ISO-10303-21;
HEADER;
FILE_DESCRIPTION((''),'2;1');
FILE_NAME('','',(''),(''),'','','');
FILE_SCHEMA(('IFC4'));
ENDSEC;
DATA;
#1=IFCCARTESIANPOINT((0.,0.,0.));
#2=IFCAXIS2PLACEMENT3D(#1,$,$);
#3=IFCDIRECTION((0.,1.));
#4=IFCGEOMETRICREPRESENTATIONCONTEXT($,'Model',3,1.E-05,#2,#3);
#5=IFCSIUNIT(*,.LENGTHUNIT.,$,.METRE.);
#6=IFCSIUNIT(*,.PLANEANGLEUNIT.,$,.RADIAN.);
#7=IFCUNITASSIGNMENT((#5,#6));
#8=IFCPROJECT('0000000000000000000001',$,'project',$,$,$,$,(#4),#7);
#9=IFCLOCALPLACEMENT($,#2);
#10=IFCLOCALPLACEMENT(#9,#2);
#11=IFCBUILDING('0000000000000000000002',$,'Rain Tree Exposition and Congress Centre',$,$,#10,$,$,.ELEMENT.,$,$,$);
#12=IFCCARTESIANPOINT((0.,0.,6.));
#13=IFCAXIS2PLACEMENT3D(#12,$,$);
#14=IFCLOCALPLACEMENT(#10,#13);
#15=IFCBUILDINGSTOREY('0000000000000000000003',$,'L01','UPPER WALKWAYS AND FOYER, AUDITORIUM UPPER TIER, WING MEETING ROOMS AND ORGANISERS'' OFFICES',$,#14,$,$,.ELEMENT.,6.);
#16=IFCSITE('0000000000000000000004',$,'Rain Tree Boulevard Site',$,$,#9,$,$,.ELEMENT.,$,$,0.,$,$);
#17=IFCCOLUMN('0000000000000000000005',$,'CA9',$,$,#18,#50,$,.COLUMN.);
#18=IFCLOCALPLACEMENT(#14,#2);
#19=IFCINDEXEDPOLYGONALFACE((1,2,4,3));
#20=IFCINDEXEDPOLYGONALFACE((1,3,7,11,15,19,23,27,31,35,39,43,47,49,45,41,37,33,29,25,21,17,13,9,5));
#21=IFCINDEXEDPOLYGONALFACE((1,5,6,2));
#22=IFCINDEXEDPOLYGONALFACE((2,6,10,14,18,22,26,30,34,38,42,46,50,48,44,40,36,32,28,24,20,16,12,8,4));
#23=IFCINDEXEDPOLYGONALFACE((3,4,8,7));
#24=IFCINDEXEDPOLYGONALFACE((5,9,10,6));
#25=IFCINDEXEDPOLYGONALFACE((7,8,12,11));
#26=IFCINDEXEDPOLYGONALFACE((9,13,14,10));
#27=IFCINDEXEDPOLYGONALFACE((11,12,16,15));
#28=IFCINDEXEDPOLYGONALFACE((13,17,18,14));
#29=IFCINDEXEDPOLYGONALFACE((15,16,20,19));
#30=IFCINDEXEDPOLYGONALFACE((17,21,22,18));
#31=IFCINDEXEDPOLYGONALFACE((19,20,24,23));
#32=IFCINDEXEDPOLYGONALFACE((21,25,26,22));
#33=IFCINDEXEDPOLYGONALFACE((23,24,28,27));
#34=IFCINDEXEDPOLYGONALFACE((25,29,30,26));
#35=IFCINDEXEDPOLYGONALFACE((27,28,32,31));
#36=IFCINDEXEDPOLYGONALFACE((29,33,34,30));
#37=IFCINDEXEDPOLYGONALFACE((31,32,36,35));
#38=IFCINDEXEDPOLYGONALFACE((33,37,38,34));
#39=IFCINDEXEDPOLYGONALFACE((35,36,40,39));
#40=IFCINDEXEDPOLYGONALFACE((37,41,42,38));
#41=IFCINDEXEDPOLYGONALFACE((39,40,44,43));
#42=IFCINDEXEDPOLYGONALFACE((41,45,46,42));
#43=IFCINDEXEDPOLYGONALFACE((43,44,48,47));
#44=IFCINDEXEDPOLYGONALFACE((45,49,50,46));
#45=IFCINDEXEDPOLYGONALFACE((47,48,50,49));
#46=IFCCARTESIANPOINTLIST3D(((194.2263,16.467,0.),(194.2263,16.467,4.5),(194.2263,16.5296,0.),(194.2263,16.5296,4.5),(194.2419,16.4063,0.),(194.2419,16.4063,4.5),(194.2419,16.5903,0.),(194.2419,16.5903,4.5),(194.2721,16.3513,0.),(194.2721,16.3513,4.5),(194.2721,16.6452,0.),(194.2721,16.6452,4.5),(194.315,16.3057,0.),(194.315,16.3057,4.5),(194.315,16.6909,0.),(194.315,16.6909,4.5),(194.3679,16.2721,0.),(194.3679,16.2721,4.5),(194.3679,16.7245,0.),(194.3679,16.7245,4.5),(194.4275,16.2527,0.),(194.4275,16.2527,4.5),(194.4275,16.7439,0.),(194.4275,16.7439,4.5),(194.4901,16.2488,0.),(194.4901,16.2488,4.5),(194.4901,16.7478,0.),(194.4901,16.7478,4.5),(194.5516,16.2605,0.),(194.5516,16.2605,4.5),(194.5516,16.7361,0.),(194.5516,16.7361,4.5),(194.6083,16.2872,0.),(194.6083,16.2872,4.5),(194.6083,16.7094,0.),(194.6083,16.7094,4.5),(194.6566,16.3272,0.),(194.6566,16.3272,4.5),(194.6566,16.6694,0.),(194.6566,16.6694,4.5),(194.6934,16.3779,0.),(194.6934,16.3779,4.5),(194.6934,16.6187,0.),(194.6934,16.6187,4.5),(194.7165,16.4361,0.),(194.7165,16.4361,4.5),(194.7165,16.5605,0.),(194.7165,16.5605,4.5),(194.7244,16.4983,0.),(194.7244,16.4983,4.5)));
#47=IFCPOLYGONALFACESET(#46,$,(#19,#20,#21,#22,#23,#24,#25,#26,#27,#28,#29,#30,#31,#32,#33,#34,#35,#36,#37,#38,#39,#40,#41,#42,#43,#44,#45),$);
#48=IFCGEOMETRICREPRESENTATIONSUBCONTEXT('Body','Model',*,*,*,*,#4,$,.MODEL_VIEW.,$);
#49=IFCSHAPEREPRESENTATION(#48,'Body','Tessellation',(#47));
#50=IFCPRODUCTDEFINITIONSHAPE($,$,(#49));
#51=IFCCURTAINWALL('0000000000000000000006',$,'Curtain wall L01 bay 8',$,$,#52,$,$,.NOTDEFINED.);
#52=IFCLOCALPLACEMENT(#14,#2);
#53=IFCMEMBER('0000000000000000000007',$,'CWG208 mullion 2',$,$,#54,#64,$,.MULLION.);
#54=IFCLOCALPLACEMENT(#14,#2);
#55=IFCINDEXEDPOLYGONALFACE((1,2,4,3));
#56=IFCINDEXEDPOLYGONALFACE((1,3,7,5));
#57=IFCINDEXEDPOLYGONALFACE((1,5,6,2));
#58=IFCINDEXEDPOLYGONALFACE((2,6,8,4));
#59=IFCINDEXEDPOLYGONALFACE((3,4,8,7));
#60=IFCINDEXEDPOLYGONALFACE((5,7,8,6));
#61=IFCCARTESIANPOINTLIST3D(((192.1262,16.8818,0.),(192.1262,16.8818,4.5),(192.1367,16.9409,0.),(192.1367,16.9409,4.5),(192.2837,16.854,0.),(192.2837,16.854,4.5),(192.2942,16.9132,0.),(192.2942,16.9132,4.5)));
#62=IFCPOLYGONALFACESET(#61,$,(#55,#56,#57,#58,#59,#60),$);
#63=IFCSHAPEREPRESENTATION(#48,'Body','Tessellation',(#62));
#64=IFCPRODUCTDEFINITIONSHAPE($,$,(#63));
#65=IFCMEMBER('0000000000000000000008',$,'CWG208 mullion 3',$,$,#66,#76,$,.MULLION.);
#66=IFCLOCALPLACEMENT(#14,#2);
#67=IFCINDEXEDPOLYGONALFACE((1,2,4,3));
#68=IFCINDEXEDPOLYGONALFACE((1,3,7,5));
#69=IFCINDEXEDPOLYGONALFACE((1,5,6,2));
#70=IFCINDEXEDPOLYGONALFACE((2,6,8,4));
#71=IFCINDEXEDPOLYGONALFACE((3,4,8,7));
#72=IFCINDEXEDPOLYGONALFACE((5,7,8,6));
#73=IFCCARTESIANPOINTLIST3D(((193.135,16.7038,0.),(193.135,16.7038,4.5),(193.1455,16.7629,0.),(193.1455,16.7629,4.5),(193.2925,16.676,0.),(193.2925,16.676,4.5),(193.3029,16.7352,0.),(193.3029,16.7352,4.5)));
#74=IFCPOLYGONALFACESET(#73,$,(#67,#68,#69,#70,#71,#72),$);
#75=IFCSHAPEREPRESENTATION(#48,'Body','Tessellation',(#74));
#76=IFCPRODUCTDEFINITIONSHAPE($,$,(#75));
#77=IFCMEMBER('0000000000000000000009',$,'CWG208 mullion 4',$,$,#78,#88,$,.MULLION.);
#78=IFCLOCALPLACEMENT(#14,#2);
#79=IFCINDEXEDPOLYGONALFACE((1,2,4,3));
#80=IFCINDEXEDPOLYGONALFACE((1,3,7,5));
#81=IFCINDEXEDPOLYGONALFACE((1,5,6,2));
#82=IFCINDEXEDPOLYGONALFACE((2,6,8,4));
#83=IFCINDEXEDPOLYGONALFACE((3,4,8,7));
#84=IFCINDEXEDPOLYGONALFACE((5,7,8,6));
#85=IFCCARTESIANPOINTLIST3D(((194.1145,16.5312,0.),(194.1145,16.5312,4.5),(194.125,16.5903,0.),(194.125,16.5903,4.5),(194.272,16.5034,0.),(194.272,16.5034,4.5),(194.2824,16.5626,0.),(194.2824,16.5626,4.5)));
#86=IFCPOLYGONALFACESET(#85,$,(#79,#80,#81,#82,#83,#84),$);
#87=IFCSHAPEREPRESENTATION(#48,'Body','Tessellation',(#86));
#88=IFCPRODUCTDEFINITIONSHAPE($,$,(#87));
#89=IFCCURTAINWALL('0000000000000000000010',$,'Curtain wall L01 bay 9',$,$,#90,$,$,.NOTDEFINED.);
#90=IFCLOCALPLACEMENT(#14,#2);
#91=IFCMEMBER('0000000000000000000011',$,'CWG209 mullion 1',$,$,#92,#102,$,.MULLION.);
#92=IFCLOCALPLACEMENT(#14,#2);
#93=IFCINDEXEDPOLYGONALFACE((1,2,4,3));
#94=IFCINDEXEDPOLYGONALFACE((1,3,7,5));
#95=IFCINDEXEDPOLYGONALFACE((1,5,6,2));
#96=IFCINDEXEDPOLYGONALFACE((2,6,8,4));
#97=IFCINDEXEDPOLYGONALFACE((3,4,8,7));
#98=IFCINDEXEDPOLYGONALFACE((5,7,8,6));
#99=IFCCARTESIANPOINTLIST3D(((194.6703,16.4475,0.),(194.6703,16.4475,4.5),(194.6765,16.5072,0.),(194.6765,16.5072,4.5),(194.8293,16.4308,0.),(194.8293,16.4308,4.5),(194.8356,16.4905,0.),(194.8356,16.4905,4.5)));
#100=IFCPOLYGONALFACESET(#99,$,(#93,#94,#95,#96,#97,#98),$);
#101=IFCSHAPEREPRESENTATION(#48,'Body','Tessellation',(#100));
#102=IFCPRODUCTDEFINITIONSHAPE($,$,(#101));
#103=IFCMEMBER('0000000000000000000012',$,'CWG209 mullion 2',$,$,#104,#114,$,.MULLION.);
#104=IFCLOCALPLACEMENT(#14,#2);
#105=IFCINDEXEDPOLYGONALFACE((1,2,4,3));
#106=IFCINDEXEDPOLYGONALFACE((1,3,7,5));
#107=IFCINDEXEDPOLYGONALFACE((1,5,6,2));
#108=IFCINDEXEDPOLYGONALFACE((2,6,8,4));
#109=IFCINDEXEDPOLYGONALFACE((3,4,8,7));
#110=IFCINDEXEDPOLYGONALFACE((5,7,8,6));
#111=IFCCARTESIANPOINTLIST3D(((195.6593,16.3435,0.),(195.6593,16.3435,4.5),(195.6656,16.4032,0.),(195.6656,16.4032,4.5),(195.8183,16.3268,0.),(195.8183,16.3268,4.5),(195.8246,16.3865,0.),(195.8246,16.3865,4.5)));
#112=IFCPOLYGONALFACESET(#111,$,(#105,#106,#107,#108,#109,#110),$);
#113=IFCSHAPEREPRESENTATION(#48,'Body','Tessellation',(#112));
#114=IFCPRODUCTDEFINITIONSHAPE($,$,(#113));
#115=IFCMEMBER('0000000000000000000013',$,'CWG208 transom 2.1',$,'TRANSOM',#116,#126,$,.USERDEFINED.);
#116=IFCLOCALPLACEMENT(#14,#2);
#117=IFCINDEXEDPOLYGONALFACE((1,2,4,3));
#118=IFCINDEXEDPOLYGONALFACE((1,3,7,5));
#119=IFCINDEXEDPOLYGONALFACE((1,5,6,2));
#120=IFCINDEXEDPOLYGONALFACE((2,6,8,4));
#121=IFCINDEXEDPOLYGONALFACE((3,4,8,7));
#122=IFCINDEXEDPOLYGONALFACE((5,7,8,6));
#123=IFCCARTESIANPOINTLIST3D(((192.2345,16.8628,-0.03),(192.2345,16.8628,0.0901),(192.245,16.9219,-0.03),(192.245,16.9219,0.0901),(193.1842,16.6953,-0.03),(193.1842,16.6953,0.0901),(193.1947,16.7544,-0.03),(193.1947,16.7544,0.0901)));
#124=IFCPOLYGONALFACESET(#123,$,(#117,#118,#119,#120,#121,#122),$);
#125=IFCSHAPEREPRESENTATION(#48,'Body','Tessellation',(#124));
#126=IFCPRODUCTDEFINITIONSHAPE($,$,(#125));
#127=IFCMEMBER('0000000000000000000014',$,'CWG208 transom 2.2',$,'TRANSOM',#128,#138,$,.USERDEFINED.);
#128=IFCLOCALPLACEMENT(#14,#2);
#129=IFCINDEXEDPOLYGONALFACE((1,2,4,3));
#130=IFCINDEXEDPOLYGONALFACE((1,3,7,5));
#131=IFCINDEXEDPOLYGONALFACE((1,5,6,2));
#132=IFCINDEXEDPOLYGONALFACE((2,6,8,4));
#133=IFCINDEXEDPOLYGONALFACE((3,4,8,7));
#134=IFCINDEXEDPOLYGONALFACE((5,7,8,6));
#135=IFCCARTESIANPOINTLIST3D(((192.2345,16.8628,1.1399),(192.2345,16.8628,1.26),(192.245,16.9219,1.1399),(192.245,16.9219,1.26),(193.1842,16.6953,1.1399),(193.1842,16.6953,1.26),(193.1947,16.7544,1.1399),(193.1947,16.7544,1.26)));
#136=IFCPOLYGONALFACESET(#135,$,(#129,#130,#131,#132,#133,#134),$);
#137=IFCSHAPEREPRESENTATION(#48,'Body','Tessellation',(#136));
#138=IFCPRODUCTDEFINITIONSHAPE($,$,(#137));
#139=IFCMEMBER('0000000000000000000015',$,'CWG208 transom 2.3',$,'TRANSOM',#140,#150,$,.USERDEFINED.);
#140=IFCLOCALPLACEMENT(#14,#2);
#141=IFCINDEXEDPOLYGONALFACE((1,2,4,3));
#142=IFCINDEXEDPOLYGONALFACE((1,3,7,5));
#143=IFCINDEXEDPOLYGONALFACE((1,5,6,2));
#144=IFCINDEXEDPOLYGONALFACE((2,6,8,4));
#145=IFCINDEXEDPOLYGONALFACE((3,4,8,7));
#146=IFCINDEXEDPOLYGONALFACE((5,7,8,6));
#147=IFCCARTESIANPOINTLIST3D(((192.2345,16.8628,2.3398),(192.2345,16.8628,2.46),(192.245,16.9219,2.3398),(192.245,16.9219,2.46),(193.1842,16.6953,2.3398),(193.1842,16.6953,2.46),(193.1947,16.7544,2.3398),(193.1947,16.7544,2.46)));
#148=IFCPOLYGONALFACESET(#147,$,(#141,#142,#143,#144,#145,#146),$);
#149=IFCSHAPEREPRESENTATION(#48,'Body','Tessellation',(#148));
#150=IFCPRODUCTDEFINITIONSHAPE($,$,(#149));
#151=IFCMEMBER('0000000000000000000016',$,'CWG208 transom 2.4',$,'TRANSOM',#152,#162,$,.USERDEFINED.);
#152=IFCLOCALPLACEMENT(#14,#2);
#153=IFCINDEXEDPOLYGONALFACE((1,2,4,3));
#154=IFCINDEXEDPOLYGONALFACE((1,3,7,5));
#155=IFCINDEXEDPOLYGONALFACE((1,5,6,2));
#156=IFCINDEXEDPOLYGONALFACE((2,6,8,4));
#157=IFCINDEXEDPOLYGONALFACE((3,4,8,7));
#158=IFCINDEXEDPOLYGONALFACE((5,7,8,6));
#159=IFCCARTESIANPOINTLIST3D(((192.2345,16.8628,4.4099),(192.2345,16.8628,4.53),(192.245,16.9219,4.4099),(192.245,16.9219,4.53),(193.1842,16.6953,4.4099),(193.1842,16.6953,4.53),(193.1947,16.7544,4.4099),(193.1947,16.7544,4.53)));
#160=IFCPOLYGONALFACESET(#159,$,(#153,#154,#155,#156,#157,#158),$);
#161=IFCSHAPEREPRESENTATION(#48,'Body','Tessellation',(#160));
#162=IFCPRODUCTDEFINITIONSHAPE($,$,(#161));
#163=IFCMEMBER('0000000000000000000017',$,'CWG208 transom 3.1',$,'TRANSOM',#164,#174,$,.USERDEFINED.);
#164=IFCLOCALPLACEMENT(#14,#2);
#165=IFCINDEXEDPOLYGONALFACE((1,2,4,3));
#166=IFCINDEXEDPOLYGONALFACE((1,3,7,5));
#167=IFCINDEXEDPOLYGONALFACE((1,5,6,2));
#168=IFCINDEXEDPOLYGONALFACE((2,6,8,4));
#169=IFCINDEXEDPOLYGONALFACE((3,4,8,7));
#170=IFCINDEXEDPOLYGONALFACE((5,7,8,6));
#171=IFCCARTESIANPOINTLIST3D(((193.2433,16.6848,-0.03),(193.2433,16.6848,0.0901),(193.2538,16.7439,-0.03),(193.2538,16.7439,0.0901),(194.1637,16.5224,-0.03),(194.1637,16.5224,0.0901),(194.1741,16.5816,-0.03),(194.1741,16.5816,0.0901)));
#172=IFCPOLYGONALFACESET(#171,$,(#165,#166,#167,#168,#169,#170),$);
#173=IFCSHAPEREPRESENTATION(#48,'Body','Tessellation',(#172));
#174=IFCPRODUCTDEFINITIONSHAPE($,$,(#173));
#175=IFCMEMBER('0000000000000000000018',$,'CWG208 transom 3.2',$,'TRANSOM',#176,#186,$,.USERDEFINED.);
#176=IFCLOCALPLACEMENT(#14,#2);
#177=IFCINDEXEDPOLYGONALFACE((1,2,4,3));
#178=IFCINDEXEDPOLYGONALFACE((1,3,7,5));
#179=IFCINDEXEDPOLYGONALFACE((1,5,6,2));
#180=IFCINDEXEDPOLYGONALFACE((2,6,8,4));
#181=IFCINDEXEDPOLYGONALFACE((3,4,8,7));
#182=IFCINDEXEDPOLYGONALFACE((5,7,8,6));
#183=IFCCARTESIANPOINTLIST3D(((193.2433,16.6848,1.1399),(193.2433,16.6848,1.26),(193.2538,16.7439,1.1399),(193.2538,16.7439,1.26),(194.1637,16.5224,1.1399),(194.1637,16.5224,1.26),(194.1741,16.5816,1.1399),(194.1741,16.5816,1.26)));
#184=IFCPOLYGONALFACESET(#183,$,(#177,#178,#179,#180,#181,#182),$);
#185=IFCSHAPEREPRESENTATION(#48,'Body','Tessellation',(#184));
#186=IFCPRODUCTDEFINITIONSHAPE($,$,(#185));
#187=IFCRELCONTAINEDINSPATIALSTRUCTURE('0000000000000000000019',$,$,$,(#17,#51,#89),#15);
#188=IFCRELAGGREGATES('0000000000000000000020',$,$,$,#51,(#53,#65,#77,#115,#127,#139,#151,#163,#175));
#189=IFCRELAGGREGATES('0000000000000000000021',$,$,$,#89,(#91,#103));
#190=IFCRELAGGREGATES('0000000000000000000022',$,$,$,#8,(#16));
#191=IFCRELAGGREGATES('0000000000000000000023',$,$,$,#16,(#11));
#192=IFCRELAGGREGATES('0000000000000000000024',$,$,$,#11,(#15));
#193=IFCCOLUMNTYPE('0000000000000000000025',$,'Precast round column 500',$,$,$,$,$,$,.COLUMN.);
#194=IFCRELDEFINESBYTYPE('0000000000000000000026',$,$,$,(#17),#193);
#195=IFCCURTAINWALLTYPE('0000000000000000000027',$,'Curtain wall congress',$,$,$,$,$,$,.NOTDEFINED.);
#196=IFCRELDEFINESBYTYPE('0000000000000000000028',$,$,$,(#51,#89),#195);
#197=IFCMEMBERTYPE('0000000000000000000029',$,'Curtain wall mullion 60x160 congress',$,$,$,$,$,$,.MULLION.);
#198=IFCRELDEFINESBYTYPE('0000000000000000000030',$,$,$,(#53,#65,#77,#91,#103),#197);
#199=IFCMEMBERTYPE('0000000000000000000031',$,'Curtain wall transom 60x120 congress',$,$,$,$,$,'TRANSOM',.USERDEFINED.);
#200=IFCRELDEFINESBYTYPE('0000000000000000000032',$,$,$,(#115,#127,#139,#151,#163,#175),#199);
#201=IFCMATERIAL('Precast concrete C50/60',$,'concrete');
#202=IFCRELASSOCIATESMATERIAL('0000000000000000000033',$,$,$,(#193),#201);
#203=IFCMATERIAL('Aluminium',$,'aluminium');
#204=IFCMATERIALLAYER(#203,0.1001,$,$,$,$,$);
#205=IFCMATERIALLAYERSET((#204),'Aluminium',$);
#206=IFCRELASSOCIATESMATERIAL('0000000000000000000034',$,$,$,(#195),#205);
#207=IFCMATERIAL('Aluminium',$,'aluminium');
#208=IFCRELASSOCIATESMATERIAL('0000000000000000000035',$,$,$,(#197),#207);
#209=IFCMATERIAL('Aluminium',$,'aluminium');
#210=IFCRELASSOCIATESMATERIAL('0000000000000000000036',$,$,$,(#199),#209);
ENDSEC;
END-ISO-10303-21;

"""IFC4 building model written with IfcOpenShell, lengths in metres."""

from ifc_helpers import new_model, si_unit, direction, frame, origin, origin_2d, place, context, subcontext, project, spatial, rectangle, circle, extrude, material, layer, layer_set, material_profile, profile_set, type_object, element, aggregate, save


model = new_model("IFC4")

# Units and contexts
model_context = context("Model", 3, precision=1e-05, world=origin(), true_north=direction((0.0, 1.0)))
body_context = subcontext(model_context, "Body", "Model", "MODEL_VIEW")
ifc_project = project(units=[si_unit("LENGTHUNIT", "METRE"), si_unit("PLANEANGLEUNIT", "RADIAN")], contexts=[model_context])

# Site, building, storey
site_placement = place(None, origin())
site = spatial("IfcSite", under=ifc_project, at=site_placement, Name="Rain Tree Boulevard Site", CompositionType="ELEMENT", RefElevation=0.0)
building_placement = place(site_placement, origin())
building = spatial("IfcBuilding", under=site, at=building_placement, Name="Rain Tree Exposition and Congress Centre", CompositionType="ELEMENT")
storey_placement = place(building_placement, frame((0.0, 0.0, 6.0)))
storey = spatial("IfcBuildingStorey", under=building, at=storey_placement, Name="L01", Description="UPPER WALKWAYS AND FOYER, AUDITORIUM UPPER TIER, WING MEETING ROOMS AND ORGANISERS' OFFICES", CompositionType="ELEMENT", Elevation=6.0)

# Column
ifc_material_1 = material(Name="Precast concrete C50/60", Category="concrete")
ifc_material_profile_1 = material_profile(ifc_material_1, circle(Radius=0.25, at=origin_2d()), Name="RC D500")
ifc_profile_set_1 = profile_set([ifc_material_profile_1], Name="Precast concrete C50/60")
column_type = type_object("IfcColumnType", Name="Precast round column 500", PredefinedType="COLUMN", material=ifc_profile_set_1)
column_placement = place(storey_placement, frame((194.4744, 16.4983, 0.0), z_axis=(0.0, 0.0, 1.0), x_axis=(1.0, 0.0, 0.0)))
element("IfcColumn", 1, at=column_placement, inside=storey, type_object=column_type, Name="CA9", PredefinedType="COLUMN", context=body_context, shape_type="SweptSolid", body=[
    extrude(circle(Radius=0.25, at=origin_2d()), origin(), (0.0, 0.0, 1.0), 4.5),
])

# Curtain walls, members
ifc_material_2 = material(Name="Aluminium", Category="aluminium")
ifc_layer_1 = layer(ifc_material_2, 0.1001)
ifc_layer_set_1 = layer_set([ifc_layer_1], Name="Aluminium")
curtain_wall_type = type_object("IfcCurtainWallType", Name="Curtain wall congress", PredefinedType="NOTDEFINED", material=ifc_layer_set_1)
curtain_wall_1_placement = place(storey_placement, origin())
curtain_wall_1 = element("IfcCurtainWall", 2, at=curtain_wall_1_placement, inside=storey, type_object=curtain_wall_type, Name="Curtain wall L01 bay 8", PredefinedType="NOTDEFINED")
ifc_material_3 = material(Name="Aluminium", Category="aluminium")
ifc_material_profile_2 = material_profile(ifc_material_3, rectangle(XDim=0.0601, YDim=0.1599, at=origin_2d()), Name="AL 60x160")
ifc_profile_set_2 = profile_set([ifc_material_profile_2], Name="Aluminium")
member_type_1 = type_object("IfcMemberType", Name="Curtain wall mullion 60x160 congress", PredefinedType="MULLION", material=ifc_profile_set_2)
member_1_placement = place(storey_placement, frame((192.2102, 16.8975, 0.0), z_axis=(0.0, 0.0, 1.0), x_axis=(0.173635, 0.98481, 0.0)))
member_1 = element("IfcMember", 3, at=member_1_placement, type_object=member_type_1, Name="CWG208 mullion 2", PredefinedType="MULLION", context=body_context, shape_type="SweptSolid", body=[
    extrude(rectangle(XDim=0.0601, YDim=0.1599, at=origin_2d()), origin(), (0.0, 0.0, 1.0), 4.5),
])
member_2_placement = place(storey_placement, frame((193.219, 16.7195, 0.0), z_axis=(0.0, 0.0, 1.0), x_axis=(0.173635, 0.98481, 0.0)))
member_2 = element("IfcMember", 4, at=member_2_placement, type_object=member_type_1, Name="CWG208 mullion 3", PredefinedType="MULLION", context=body_context, shape_type="SweptSolid", body=[
    extrude(rectangle(XDim=0.0601, YDim=0.1599, at=origin_2d()), origin(), (0.0, 0.0, 1.0), 4.5),
])
member_3_placement = place(storey_placement, frame((194.1985, 16.5469, 0.0), z_axis=(0.0, 0.0, 1.0), x_axis=(0.173635, 0.98481, 0.0)))
member_3 = element("IfcMember", 5, at=member_3_placement, type_object=member_type_1, Name="CWG208 mullion 4", PredefinedType="MULLION", context=body_context, shape_type="SweptSolid", body=[
    extrude(rectangle(XDim=0.0601, YDim=0.1599, at=origin_2d()), origin(), (0.0, 0.0, 1.0), 4.5),
])
curtain_wall_2_placement = place(storey_placement, origin())
curtain_wall_2 = element("IfcCurtainWall", 6, at=curtain_wall_2_placement, inside=storey, type_object=curtain_wall_type, Name="Curtain wall L01 bay 9", PredefinedType="NOTDEFINED")
member_4_placement = place(storey_placement, frame((194.7529, 16.469, 0.0), z_axis=(0.0, 0.0, 1.0), x_axis=(0.104502, 0.994525, 0.0)))
member_4 = element("IfcMember", 7, at=member_4_placement, type_object=member_type_1, Name="CWG209 mullion 1", PredefinedType="MULLION", context=body_context, shape_type="SweptSolid", body=[
    extrude(rectangle(XDim=0.0601, YDim=0.1599, at=origin_2d()), origin(), (0.0, 0.0, 1.0), 4.5),
])
member_5_placement = place(storey_placement, frame((195.7419, 16.365, 0.0), z_axis=(0.0, 0.0, 1.0), x_axis=(0.104502, 0.994525, 0.0)))
member_5 = element("IfcMember", 8, at=member_5_placement, type_object=member_type_1, Name="CWG209 mullion 2", PredefinedType="MULLION", context=body_context, shape_type="SweptSolid", body=[
    extrude(rectangle(XDim=0.0601, YDim=0.1599, at=origin_2d()), origin(), (0.0, 0.0, 1.0), 4.5),
])

# Members
ifc_material_4 = material(Name="Aluminium", Category="aluminium")
ifc_material_profile_3 = material_profile(ifc_material_4, rectangle(XDim=0.0601, YDim=0.1201, at=origin_2d()), Name="AL 60x120")
ifc_profile_set_3 = profile_set([ifc_material_profile_3], Name="Aluminium")
member_type_2 = type_object("IfcMemberType", Name="Curtain wall transom 60x120 congress", ElementType="TRANSOM", PredefinedType="USERDEFINED", material=ifc_profile_set_3)
member_6_placement = place(storey_placement, frame((192.2397, 16.8923, 0.03), z_axis=(0.984804, -0.17367, 0.0), x_axis=(0.17367, 0.984804, 0.0)))
member_6 = element("IfcMember", 9, at=member_6_placement, type_object=member_type_2, Name="CWG208 transom 2.1", ObjectType="TRANSOM", PredefinedType="USERDEFINED", context=body_context, shape_type="SweptSolid", body=[
    extrude(rectangle(XDim=0.0601, YDim=0.1201, at=origin_2d()), origin(), (0.0, 0.0, 1.0), 0.9644),
])
member_7_placement = place(storey_placement, frame((192.2397, 16.8923, 1.2), z_axis=(0.984804, -0.17367, 0.0), x_axis=(0.17367, 0.984804, 0.0)))
member_7 = element("IfcMember", 10, at=member_7_placement, type_object=member_type_2, Name="CWG208 transom 2.2", ObjectType="TRANSOM", PredefinedType="USERDEFINED", context=body_context, shape_type="SweptSolid", body=[
    extrude(rectangle(XDim=0.0601, YDim=0.1201, at=origin_2d()), origin(), (0.0, 0.0, 1.0), 0.9644),
])
member_8_placement = place(storey_placement, frame((192.2397, 16.8923, 2.3999), z_axis=(0.984804, -0.17367, 0.0), x_axis=(0.17367, 0.984804, 0.0)))
member_8 = element("IfcMember", 11, at=member_8_placement, type_object=member_type_2, Name="CWG208 transom 2.3", ObjectType="TRANSOM", PredefinedType="USERDEFINED", context=body_context, shape_type="SweptSolid", body=[
    extrude(rectangle(XDim=0.0601, YDim=0.1201, at=origin_2d()), origin(), (0.0, 0.0, 1.0), 0.9644),
])
member_9_placement = place(storey_placement, frame((192.2397, 16.8923, 4.47), z_axis=(0.984804, -0.17367, 0.0), x_axis=(0.17367, 0.984804, 0.0)))
member_9 = element("IfcMember", 12, at=member_9_placement, type_object=member_type_2, Name="CWG208 transom 2.4", ObjectType="TRANSOM", PredefinedType="USERDEFINED", context=body_context, shape_type="SweptSolid", body=[
    extrude(rectangle(XDim=0.0601, YDim=0.1201, at=origin_2d()), origin(), (0.0, 0.0, 1.0), 0.9644),
])
member_10_placement = place(storey_placement, frame((193.2485, 16.7144, 0.03), z_axis=(0.984797, -0.173711, 0.0), x_axis=(0.173711, 0.984797, 0.0)))
member_10 = element("IfcMember", 13, at=member_10_placement, type_object=member_type_2, Name="CWG208 transom 3.1", ObjectType="TRANSOM", PredefinedType="USERDEFINED", context=body_context, shape_type="SweptSolid", body=[
    extrude(rectangle(XDim=0.0601, YDim=0.1201, at=origin_2d()), origin(), (0.0, 0.0, 1.0), 0.9346),
])
member_11_placement = place(storey_placement, frame((193.2485, 16.7144, 1.2), z_axis=(0.984797, -0.173711, 0.0), x_axis=(0.173711, 0.984797, 0.0)))
member_11 = element("IfcMember", 14, at=member_11_placement, type_object=member_type_2, Name="CWG208 transom 3.2", ObjectType="TRANSOM", PredefinedType="USERDEFINED", context=body_context, shape_type="SweptSolid", body=[
    extrude(rectangle(XDim=0.0601, YDim=0.1201, at=origin_2d()), origin(), (0.0, 0.0, 1.0), 0.9346),
])

aggregate(curtain_wall_1, [member_1, member_2, member_3, member_6, member_7, member_8, member_9, member_10, member_11])
aggregate(curtain_wall_2, [member_4, member_5])

save(model, "model.ifc")
